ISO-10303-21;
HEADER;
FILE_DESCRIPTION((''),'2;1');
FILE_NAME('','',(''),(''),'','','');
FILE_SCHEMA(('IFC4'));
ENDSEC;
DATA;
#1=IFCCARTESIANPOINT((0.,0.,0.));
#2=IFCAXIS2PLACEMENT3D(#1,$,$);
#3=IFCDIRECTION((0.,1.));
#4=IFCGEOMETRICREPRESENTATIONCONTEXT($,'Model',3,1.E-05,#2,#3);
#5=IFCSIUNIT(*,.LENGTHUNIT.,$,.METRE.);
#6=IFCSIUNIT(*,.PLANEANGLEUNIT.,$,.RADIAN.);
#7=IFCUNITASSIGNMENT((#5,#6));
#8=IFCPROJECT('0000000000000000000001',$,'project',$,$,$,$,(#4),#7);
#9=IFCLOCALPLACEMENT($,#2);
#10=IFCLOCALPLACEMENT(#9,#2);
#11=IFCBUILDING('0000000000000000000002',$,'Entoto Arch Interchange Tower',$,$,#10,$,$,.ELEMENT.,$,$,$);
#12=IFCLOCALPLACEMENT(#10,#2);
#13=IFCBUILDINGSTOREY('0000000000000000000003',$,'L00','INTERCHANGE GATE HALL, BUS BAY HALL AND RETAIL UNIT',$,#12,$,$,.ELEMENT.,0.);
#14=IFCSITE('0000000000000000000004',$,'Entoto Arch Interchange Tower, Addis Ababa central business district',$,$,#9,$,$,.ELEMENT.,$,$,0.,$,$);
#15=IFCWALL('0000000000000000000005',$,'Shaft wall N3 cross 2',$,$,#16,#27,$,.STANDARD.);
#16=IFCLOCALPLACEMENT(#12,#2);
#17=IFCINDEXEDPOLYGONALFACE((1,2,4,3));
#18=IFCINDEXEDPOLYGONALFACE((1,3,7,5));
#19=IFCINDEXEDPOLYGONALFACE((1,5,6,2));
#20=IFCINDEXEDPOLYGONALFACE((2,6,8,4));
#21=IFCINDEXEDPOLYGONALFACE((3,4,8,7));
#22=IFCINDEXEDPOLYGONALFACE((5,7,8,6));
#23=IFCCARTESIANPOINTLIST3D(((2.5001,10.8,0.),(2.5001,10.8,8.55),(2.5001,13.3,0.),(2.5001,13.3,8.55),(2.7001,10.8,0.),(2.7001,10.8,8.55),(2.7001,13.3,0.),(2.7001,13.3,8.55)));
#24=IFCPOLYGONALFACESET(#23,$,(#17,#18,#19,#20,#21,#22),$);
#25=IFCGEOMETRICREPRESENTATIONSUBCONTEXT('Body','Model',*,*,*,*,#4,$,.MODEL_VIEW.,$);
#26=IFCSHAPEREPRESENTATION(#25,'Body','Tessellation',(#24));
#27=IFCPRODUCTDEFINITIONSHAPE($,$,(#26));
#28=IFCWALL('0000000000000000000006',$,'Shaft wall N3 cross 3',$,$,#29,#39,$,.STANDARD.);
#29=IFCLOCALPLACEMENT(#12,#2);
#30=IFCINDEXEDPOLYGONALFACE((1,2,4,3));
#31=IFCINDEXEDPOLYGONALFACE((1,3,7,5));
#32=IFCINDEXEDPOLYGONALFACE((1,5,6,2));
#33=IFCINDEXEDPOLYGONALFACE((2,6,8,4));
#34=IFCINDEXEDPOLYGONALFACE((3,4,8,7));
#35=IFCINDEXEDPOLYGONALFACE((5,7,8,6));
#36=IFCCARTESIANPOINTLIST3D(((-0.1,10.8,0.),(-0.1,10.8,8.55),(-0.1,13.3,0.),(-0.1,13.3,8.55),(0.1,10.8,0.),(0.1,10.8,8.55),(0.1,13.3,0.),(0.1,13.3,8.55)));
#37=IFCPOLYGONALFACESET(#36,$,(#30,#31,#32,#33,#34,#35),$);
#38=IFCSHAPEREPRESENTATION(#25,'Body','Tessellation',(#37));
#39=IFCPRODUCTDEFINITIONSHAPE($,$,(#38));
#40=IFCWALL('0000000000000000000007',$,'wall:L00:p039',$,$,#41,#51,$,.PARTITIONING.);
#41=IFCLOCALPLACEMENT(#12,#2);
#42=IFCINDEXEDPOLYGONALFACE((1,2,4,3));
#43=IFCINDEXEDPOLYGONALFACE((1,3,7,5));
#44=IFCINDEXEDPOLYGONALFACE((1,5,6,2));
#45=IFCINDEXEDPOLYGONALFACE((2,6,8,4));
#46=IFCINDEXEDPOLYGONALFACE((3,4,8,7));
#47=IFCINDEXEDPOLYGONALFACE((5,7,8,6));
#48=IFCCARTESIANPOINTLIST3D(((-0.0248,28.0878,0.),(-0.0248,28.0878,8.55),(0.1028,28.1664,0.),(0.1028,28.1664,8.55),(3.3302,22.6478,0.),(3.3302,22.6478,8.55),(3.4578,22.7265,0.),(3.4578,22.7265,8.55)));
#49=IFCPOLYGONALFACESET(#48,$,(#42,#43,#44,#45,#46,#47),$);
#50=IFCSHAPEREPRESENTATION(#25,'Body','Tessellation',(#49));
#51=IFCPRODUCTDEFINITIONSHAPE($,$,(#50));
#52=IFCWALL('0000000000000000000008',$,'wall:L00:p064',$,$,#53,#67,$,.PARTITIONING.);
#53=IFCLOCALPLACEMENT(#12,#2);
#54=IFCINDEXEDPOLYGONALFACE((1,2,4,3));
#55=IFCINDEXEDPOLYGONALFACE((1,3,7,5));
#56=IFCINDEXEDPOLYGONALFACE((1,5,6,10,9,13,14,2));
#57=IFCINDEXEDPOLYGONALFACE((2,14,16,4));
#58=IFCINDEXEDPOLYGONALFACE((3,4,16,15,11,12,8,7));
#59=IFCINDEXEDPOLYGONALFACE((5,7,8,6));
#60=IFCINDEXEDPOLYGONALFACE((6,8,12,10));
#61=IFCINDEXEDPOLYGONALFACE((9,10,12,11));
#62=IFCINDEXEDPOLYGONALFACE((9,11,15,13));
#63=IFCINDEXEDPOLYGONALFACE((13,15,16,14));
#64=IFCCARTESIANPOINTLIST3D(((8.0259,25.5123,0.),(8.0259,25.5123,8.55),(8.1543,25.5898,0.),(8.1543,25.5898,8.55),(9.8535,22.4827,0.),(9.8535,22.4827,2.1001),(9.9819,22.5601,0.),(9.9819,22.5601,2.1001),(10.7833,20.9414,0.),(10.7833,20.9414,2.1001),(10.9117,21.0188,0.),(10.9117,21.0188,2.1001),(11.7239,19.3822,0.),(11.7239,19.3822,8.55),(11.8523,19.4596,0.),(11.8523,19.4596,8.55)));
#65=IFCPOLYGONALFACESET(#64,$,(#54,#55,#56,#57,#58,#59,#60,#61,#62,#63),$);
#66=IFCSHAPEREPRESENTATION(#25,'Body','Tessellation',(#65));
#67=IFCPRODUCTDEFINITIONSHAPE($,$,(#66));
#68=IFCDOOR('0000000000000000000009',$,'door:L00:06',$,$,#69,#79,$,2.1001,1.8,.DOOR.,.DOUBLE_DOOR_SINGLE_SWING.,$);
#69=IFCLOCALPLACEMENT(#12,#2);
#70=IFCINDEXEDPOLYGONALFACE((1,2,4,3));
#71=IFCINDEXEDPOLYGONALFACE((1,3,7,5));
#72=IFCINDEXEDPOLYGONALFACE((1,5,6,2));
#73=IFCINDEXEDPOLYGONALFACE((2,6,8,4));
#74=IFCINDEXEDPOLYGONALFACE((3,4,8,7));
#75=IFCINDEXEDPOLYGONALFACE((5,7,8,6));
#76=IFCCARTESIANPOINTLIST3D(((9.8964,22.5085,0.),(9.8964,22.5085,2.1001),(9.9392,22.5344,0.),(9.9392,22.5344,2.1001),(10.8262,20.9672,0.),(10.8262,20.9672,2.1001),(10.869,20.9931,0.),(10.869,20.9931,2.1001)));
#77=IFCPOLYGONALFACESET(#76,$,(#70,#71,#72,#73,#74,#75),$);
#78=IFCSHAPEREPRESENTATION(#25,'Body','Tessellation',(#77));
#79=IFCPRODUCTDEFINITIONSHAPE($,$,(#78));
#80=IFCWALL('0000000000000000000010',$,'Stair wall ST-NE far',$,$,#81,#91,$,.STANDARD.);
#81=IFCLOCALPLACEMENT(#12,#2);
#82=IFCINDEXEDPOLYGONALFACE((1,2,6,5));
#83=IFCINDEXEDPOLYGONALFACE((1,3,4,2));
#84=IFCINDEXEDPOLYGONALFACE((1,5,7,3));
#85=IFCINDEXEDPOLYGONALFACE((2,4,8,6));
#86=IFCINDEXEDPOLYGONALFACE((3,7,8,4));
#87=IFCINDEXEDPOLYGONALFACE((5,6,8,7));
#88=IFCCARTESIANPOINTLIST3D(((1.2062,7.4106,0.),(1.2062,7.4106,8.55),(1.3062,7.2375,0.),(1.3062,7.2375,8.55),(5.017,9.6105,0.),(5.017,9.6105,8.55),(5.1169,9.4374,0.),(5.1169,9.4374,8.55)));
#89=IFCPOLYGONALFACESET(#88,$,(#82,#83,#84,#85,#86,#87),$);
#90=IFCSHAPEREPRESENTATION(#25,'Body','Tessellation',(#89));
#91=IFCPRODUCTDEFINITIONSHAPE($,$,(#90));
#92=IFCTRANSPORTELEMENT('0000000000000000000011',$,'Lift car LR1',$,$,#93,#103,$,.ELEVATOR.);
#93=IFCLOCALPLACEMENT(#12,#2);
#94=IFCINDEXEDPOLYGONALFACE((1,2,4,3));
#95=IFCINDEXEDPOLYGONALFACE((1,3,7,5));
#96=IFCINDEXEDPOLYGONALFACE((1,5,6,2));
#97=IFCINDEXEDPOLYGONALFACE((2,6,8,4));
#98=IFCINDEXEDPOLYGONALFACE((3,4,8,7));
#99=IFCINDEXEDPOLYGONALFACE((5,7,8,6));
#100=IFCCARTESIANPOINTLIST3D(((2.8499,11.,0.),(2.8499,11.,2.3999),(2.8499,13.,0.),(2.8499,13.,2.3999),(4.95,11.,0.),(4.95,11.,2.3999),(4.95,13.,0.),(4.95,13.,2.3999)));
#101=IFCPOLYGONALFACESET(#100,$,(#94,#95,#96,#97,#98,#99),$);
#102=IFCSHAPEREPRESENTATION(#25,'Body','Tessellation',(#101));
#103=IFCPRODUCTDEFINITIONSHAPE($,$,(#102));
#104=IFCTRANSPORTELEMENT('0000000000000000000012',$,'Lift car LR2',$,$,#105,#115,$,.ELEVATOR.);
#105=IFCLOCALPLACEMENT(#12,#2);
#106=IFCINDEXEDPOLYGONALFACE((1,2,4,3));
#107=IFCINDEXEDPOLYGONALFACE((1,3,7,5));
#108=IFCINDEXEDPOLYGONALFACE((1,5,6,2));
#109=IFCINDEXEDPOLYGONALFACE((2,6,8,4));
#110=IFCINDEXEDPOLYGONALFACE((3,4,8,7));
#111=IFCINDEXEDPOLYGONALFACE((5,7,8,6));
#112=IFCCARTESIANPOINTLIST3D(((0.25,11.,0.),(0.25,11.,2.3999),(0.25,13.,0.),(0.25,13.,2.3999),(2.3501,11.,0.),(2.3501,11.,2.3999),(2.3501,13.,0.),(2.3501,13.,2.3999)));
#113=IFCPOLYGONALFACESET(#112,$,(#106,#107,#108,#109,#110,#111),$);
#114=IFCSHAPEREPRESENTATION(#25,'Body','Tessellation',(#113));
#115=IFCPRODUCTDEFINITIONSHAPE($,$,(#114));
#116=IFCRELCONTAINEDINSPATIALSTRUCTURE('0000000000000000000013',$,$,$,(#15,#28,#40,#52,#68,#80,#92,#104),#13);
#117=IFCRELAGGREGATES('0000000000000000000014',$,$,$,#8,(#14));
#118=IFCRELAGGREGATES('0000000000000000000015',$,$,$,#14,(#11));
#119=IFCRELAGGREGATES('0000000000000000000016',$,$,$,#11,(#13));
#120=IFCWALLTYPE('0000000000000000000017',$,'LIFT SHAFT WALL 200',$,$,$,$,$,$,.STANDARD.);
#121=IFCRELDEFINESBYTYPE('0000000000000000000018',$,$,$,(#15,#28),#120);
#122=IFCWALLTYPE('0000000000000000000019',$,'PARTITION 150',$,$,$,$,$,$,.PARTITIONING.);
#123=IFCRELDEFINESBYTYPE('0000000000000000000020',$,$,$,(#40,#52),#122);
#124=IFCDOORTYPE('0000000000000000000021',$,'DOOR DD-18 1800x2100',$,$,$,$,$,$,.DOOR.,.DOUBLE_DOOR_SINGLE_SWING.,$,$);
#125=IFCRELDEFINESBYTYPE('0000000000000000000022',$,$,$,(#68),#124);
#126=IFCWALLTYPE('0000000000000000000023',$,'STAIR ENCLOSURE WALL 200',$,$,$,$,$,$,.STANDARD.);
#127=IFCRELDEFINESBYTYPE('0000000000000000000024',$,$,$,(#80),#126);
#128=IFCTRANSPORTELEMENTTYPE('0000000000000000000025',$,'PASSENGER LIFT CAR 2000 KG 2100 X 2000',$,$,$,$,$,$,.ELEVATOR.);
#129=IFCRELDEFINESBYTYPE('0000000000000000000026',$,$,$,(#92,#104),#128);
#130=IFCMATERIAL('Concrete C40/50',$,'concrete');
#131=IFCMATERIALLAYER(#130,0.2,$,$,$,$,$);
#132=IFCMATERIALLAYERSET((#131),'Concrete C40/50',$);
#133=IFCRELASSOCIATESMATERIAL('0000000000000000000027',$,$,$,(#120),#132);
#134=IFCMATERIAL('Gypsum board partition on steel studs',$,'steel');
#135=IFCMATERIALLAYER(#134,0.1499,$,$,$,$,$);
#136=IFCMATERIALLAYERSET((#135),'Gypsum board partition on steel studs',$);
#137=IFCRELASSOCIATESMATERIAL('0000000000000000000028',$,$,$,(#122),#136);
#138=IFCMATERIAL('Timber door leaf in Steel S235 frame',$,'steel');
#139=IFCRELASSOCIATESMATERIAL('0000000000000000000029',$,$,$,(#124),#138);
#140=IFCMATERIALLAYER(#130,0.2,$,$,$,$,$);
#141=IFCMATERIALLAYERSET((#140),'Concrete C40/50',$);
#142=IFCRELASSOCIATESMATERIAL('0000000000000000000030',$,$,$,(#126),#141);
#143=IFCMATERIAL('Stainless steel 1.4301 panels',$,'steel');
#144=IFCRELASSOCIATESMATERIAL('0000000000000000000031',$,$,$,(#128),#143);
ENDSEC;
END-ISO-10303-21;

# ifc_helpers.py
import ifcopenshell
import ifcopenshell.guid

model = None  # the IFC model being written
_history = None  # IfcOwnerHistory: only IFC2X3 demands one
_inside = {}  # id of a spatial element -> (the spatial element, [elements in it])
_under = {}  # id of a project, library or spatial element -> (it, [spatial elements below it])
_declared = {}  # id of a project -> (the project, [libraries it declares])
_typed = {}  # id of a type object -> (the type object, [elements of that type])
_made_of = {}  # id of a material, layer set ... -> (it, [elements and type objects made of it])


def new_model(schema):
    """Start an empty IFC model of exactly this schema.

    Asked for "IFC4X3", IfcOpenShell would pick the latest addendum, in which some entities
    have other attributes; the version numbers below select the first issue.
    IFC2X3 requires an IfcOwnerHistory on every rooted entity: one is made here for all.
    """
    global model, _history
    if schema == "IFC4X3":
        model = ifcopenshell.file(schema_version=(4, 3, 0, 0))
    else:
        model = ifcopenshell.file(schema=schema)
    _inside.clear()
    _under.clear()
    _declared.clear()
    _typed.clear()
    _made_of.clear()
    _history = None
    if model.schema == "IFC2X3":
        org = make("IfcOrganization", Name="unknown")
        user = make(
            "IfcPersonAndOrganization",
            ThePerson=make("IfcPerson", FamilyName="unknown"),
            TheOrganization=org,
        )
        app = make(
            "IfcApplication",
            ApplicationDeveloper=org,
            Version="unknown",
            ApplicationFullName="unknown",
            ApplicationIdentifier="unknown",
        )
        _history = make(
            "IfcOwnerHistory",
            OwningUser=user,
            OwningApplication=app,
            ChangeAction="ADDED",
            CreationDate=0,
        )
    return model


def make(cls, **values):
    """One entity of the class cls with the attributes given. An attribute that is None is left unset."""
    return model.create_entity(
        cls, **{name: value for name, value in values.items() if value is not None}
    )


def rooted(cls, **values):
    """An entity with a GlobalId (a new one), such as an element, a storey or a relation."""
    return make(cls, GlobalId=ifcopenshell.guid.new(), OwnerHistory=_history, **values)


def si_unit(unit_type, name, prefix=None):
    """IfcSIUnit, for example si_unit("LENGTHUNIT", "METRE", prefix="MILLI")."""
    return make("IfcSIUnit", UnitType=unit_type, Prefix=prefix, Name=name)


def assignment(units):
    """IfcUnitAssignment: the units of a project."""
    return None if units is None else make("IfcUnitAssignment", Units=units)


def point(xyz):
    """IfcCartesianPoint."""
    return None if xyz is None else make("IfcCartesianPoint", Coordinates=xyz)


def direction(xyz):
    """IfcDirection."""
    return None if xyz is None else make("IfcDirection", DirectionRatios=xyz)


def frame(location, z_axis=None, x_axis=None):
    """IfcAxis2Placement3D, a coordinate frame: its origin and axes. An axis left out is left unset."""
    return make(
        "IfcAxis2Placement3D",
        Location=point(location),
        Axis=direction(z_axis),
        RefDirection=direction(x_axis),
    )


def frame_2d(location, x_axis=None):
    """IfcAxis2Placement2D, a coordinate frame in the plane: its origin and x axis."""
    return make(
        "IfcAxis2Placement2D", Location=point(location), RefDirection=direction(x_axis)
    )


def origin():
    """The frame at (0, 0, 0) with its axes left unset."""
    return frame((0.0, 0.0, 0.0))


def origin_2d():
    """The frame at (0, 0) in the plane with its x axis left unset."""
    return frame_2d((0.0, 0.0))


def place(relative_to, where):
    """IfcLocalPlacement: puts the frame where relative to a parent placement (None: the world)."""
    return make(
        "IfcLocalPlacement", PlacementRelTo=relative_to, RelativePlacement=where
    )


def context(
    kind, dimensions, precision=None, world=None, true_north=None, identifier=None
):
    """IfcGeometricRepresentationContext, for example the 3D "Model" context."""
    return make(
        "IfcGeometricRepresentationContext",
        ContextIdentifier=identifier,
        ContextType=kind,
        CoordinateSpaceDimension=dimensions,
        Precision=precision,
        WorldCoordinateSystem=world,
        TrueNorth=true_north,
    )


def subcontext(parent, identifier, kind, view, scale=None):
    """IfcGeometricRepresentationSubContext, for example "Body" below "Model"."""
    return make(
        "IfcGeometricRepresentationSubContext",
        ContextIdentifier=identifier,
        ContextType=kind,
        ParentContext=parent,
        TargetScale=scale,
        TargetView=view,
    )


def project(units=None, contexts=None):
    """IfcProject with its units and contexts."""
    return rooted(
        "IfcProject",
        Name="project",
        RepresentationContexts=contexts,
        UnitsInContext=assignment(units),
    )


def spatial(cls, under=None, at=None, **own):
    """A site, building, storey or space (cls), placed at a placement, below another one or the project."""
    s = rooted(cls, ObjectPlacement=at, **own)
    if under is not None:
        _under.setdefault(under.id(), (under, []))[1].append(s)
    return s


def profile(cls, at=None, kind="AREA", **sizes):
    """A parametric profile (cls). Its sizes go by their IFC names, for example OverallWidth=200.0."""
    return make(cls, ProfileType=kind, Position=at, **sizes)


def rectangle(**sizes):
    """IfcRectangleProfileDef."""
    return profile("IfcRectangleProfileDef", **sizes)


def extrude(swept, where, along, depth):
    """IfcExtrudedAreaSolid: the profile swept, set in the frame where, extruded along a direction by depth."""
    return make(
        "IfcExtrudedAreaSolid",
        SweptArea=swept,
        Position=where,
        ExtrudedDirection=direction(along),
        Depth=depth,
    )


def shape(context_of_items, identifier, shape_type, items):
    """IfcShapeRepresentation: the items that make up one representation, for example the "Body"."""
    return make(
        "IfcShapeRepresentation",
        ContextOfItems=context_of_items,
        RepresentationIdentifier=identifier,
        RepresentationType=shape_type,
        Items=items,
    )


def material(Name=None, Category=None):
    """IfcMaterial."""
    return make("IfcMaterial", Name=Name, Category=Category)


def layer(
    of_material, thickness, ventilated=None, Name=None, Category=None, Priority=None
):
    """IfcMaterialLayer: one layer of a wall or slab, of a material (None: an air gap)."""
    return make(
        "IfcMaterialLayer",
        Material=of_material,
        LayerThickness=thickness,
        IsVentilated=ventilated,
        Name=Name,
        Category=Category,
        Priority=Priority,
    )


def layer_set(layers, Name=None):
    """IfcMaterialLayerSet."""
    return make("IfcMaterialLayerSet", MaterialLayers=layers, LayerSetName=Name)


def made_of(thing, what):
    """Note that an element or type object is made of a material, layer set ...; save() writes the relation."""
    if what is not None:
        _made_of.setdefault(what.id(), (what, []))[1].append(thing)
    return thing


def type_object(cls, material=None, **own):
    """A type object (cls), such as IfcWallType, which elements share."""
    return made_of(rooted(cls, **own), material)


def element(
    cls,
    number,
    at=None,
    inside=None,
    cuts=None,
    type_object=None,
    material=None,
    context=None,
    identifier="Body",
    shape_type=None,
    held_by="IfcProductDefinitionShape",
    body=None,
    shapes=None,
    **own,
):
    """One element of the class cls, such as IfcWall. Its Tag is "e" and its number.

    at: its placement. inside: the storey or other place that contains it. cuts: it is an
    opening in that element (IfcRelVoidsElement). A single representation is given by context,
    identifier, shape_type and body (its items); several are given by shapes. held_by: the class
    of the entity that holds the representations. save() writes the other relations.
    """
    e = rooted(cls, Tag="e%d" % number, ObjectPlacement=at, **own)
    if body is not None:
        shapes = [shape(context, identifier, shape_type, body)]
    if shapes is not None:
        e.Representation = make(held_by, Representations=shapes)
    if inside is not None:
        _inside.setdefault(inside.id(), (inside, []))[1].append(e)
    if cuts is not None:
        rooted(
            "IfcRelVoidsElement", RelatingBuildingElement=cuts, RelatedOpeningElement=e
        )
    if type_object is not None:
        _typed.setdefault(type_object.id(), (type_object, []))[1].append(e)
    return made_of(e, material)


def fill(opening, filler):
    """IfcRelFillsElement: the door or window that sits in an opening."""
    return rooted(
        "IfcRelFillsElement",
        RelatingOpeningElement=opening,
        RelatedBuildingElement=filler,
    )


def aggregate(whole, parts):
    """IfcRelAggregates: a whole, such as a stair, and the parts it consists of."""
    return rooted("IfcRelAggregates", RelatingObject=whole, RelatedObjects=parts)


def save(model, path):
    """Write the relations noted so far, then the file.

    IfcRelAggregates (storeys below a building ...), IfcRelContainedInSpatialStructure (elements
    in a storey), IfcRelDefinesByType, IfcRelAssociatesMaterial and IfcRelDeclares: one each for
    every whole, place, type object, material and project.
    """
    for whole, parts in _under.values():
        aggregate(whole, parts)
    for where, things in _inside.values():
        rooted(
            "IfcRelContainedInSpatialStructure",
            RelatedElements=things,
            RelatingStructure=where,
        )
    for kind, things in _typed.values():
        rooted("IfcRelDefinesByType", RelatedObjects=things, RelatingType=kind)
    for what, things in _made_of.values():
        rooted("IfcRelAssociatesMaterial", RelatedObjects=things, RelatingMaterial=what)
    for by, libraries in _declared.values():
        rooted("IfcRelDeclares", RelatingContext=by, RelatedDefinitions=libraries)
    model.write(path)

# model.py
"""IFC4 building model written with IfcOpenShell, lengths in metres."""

from ifc_helpers import new_model, si_unit, direction, frame, frame_2d, origin, origin_2d, place, context, subcontext, project, spatial, rectangle, extrude, material, layer, layer_set, type_object, element, fill, save


model = new_model("IFC4")

# Units and contexts
model_context = context("Model", 3, precision=1e-05, world=origin(), true_north=direction((0.0, 1.0)))
body_context = subcontext(model_context, "Body", "Model", "MODEL_VIEW")
ifc_project = project(units=[si_unit("LENGTHUNIT", "METRE"), si_unit("PLANEANGLEUNIT", "RADIAN")], contexts=[model_context])

# Site, building, storey
site_placement = place(None, origin())
site = spatial("IfcSite", under=ifc_project, at=site_placement, Name="Entoto Arch Interchange Tower, Addis Ababa central business district", CompositionType="ELEMENT", RefElevation=0.0)
building_placement = place(site_placement, origin())
building = spatial("IfcBuilding", under=site, at=building_placement, Name="Entoto Arch Interchange Tower", CompositionType="ELEMENT")
storey_placement = place(building_placement, origin())
storey = spatial("IfcBuildingStorey", under=building, at=storey_placement, Name="L00", Description="INTERCHANGE GATE HALL, BUS BAY HALL AND RETAIL UNIT", CompositionType="ELEMENT", Elevation=0.0)

# Shared definitions
ifc_material_1 = material(Name="Concrete C40/50", Category="concrete")
ifc_material_2 = material(Name="Stainless steel 1.4301 panels", Category="steel")

# Walls
ifc_layer_1 = layer(ifc_material_1, 0.2)
ifc_layer_set_1 = layer_set([ifc_layer_1], Name="Concrete C40/50")
wall_type_1 = type_object("IfcWallType", Name="LIFT SHAFT WALL 200", PredefinedType="STANDARD", material=ifc_layer_set_1)
for number, where, z_axis, x_axis, name in (
    (1, (2.6001, 10.8, 0.0), (0.0, 0.0, 1.0), (0.0, 1.0, 0.0), "Shaft wall N3 cross 2"),
    (2, (0.0, 10.8, 0.0), (0.0, 0.0, 1.0), (0.0, 1.0, 0.0), "Shaft wall N3 cross 3"),
):
    element("IfcWall", number, at=place(storey_placement, frame(where, z_axis=z_axis, x_axis=x_axis)), inside=storey, type_object=wall_type_1, Name=name, PredefinedType="STANDARD", context=body_context, shape_type="SweptSolid", body=[
        extrude(rectangle(XDim=2.5, YDim=0.2, at=frame_2d((1.25, 0.0))), origin(), (0.0, 0.0, 1.0), 8.55),
    ])
ifc_material_3 = material(Name="Gypsum board partition on steel studs", Category="steel")
ifc_layer_2 = layer(ifc_material_3, 0.1499)
ifc_layer_set_2 = layer_set([ifc_layer_2], Name="Gypsum board partition on steel studs")
wall_type_2 = type_object("IfcWallType", Name="PARTITION 150", PredefinedType="PARTITIONING", material=ifc_layer_set_2)
wall_1_placement = place(storey_placement, frame((3.394, 22.687, 0.0), z_axis=(0.0, 0.0, 1.0), x_axis=(-0.524928, 0.851146, 0.0)))
element("IfcWall", 3, at=wall_1_placement, inside=storey, type_object=wall_type_2, Name="wall:L00:p039", PredefinedType="PARTITIONING", context=body_context, shape_type="SweptSolid", body=[
    extrude(rectangle(XDim=6.3914, YDim=0.1499, at=frame_2d((3.1958, 0.0))), origin(), (0.0, 0.0, 1.0), 8.55),
])

# Wall, opening, door
wall_2_placement = place(storey_placement, frame((11.7881, 19.4209, 0.0), z_axis=(0.0, 0.0, 1.0), x_axis=(-0.51654, 0.856263, 0.0)))
wall_2 = element("IfcWall", 4, at=wall_2_placement, inside=storey, type_object=wall_type_2, Name="wall:L00:p064", PredefinedType="PARTITIONING", context=body_context, shape_type="SweptSolid", body=[
    extrude(rectangle(XDim=7.1592, YDim=0.1499, at=frame_2d((3.5796, 0.0))), origin(), (0.0, 0.0, 1.0), 8.55),
])
opening_1_placement = place(wall_2_placement, frame((1.821, 0.0, 0.0)))
opening_1 = element("IfcOpeningElement", 5, at=opening_1_placement, cuts=wall_2, PredefinedType="OPENING", context=body_context, shape_type="SweptSolid", body=[
    extrude(rectangle(XDim=1.8, YDim=2.1001, at=frame_2d((0.8999, 1.05))), frame((0.0, 0.085, 0.0), z_axis=(0.0, -1.0, 0.0), x_axis=(1.0, 0.0, 0.0)), (0.0, 0.0, 1.0), 0.1699),
])
ifc_material_4 = material(Name="Timber door leaf in Steel S235 frame", Category="steel")
door_type_1 = type_object("IfcDoorType", Name="DOOR DD-18 1800x2100", OperationType="DOUBLE_DOOR_SINGLE_SWING", PredefinedType="DOOR", material=ifc_material_4)
door_1_placement = place(opening_1_placement, origin())
door_1 = element("IfcDoor", 6, at=door_1_placement, inside=storey, type_object=door_type_1, Name="door:L00:06", OperationType="DOUBLE_DOOR_SINGLE_SWING", OverallHeight=2.1001, OverallWidth=1.8, PredefinedType="DOOR", context=body_context, shape_type="SweptSolid", body=[
    extrude(rectangle(XDim=1.8, YDim=2.1001, at=frame_2d((0.8999, 1.05))), frame((0.0, 0.0249, 0.0), z_axis=(0.0, -1.0, 0.0), x_axis=(1.0, 0.0, 0.0)), (0.0, 0.0, 1.0), 0.05),
])
fill(opening_1, door_1)

# Wall
ifc_layer_3 = layer(ifc_material_1, 0.2)
ifc_layer_set_3 = layer_set([ifc_layer_3], Name="Concrete C40/50")
wall_type_3 = type_object("IfcWallType", Name="STAIR ENCLOSURE WALL 200", PredefinedType="STANDARD", material=ifc_layer_set_3)
wall_3_placement = place(storey_placement, frame((1.2561, 7.324, 0.0), z_axis=(0.0, 0.0, 1.0), x_axis=(0.866046, 0.499964, 0.0)))
element("IfcWall", 7, at=wall_3_placement, inside=storey, type_object=wall_type_3, Name="Stair wall ST-NE far", PredefinedType="STANDARD", context=body_context, shape_type="SweptSolid", body=[
    extrude(rectangle(XDim=4.4001, YDim=0.2, at=frame_2d((2.2002, 0.0))), origin(), (0.0, 0.0, 1.0), 8.55),
])

# Transport elements
transport_element_type = type_object("IfcTransportElementType", Name="PASSENGER LIFT CAR 2000 KG 2100 X 2000", PredefinedType="ELEVATOR", material=ifc_material_2)
for number, where, z_axis, x_axis, name in (
    (8, (3.8999, 12.0, 0.0), (0.0, 0.0, 1.0), (1.0, 0.0, 0.0), "Lift car LR1"),
    (9, (1.3, 12.0, 0.0), (0.0, 0.0, 1.0), (1.0, 0.0, 0.0), "Lift car LR2"),
):
    element("IfcTransportElement", number, at=place(storey_placement, frame(where, z_axis=z_axis, x_axis=x_axis)), inside=storey, type_object=transport_element_type, Name=name, PredefinedType="ELEVATOR", context=body_context, shape_type="SweptSolid", body=[
        extrude(rectangle(XDim=2.1001, YDim=2.0, at=origin_2d()), origin(), (0.0, 0.0, 1.0), 2.3999),
    ])

save(model, "model.ifc")
